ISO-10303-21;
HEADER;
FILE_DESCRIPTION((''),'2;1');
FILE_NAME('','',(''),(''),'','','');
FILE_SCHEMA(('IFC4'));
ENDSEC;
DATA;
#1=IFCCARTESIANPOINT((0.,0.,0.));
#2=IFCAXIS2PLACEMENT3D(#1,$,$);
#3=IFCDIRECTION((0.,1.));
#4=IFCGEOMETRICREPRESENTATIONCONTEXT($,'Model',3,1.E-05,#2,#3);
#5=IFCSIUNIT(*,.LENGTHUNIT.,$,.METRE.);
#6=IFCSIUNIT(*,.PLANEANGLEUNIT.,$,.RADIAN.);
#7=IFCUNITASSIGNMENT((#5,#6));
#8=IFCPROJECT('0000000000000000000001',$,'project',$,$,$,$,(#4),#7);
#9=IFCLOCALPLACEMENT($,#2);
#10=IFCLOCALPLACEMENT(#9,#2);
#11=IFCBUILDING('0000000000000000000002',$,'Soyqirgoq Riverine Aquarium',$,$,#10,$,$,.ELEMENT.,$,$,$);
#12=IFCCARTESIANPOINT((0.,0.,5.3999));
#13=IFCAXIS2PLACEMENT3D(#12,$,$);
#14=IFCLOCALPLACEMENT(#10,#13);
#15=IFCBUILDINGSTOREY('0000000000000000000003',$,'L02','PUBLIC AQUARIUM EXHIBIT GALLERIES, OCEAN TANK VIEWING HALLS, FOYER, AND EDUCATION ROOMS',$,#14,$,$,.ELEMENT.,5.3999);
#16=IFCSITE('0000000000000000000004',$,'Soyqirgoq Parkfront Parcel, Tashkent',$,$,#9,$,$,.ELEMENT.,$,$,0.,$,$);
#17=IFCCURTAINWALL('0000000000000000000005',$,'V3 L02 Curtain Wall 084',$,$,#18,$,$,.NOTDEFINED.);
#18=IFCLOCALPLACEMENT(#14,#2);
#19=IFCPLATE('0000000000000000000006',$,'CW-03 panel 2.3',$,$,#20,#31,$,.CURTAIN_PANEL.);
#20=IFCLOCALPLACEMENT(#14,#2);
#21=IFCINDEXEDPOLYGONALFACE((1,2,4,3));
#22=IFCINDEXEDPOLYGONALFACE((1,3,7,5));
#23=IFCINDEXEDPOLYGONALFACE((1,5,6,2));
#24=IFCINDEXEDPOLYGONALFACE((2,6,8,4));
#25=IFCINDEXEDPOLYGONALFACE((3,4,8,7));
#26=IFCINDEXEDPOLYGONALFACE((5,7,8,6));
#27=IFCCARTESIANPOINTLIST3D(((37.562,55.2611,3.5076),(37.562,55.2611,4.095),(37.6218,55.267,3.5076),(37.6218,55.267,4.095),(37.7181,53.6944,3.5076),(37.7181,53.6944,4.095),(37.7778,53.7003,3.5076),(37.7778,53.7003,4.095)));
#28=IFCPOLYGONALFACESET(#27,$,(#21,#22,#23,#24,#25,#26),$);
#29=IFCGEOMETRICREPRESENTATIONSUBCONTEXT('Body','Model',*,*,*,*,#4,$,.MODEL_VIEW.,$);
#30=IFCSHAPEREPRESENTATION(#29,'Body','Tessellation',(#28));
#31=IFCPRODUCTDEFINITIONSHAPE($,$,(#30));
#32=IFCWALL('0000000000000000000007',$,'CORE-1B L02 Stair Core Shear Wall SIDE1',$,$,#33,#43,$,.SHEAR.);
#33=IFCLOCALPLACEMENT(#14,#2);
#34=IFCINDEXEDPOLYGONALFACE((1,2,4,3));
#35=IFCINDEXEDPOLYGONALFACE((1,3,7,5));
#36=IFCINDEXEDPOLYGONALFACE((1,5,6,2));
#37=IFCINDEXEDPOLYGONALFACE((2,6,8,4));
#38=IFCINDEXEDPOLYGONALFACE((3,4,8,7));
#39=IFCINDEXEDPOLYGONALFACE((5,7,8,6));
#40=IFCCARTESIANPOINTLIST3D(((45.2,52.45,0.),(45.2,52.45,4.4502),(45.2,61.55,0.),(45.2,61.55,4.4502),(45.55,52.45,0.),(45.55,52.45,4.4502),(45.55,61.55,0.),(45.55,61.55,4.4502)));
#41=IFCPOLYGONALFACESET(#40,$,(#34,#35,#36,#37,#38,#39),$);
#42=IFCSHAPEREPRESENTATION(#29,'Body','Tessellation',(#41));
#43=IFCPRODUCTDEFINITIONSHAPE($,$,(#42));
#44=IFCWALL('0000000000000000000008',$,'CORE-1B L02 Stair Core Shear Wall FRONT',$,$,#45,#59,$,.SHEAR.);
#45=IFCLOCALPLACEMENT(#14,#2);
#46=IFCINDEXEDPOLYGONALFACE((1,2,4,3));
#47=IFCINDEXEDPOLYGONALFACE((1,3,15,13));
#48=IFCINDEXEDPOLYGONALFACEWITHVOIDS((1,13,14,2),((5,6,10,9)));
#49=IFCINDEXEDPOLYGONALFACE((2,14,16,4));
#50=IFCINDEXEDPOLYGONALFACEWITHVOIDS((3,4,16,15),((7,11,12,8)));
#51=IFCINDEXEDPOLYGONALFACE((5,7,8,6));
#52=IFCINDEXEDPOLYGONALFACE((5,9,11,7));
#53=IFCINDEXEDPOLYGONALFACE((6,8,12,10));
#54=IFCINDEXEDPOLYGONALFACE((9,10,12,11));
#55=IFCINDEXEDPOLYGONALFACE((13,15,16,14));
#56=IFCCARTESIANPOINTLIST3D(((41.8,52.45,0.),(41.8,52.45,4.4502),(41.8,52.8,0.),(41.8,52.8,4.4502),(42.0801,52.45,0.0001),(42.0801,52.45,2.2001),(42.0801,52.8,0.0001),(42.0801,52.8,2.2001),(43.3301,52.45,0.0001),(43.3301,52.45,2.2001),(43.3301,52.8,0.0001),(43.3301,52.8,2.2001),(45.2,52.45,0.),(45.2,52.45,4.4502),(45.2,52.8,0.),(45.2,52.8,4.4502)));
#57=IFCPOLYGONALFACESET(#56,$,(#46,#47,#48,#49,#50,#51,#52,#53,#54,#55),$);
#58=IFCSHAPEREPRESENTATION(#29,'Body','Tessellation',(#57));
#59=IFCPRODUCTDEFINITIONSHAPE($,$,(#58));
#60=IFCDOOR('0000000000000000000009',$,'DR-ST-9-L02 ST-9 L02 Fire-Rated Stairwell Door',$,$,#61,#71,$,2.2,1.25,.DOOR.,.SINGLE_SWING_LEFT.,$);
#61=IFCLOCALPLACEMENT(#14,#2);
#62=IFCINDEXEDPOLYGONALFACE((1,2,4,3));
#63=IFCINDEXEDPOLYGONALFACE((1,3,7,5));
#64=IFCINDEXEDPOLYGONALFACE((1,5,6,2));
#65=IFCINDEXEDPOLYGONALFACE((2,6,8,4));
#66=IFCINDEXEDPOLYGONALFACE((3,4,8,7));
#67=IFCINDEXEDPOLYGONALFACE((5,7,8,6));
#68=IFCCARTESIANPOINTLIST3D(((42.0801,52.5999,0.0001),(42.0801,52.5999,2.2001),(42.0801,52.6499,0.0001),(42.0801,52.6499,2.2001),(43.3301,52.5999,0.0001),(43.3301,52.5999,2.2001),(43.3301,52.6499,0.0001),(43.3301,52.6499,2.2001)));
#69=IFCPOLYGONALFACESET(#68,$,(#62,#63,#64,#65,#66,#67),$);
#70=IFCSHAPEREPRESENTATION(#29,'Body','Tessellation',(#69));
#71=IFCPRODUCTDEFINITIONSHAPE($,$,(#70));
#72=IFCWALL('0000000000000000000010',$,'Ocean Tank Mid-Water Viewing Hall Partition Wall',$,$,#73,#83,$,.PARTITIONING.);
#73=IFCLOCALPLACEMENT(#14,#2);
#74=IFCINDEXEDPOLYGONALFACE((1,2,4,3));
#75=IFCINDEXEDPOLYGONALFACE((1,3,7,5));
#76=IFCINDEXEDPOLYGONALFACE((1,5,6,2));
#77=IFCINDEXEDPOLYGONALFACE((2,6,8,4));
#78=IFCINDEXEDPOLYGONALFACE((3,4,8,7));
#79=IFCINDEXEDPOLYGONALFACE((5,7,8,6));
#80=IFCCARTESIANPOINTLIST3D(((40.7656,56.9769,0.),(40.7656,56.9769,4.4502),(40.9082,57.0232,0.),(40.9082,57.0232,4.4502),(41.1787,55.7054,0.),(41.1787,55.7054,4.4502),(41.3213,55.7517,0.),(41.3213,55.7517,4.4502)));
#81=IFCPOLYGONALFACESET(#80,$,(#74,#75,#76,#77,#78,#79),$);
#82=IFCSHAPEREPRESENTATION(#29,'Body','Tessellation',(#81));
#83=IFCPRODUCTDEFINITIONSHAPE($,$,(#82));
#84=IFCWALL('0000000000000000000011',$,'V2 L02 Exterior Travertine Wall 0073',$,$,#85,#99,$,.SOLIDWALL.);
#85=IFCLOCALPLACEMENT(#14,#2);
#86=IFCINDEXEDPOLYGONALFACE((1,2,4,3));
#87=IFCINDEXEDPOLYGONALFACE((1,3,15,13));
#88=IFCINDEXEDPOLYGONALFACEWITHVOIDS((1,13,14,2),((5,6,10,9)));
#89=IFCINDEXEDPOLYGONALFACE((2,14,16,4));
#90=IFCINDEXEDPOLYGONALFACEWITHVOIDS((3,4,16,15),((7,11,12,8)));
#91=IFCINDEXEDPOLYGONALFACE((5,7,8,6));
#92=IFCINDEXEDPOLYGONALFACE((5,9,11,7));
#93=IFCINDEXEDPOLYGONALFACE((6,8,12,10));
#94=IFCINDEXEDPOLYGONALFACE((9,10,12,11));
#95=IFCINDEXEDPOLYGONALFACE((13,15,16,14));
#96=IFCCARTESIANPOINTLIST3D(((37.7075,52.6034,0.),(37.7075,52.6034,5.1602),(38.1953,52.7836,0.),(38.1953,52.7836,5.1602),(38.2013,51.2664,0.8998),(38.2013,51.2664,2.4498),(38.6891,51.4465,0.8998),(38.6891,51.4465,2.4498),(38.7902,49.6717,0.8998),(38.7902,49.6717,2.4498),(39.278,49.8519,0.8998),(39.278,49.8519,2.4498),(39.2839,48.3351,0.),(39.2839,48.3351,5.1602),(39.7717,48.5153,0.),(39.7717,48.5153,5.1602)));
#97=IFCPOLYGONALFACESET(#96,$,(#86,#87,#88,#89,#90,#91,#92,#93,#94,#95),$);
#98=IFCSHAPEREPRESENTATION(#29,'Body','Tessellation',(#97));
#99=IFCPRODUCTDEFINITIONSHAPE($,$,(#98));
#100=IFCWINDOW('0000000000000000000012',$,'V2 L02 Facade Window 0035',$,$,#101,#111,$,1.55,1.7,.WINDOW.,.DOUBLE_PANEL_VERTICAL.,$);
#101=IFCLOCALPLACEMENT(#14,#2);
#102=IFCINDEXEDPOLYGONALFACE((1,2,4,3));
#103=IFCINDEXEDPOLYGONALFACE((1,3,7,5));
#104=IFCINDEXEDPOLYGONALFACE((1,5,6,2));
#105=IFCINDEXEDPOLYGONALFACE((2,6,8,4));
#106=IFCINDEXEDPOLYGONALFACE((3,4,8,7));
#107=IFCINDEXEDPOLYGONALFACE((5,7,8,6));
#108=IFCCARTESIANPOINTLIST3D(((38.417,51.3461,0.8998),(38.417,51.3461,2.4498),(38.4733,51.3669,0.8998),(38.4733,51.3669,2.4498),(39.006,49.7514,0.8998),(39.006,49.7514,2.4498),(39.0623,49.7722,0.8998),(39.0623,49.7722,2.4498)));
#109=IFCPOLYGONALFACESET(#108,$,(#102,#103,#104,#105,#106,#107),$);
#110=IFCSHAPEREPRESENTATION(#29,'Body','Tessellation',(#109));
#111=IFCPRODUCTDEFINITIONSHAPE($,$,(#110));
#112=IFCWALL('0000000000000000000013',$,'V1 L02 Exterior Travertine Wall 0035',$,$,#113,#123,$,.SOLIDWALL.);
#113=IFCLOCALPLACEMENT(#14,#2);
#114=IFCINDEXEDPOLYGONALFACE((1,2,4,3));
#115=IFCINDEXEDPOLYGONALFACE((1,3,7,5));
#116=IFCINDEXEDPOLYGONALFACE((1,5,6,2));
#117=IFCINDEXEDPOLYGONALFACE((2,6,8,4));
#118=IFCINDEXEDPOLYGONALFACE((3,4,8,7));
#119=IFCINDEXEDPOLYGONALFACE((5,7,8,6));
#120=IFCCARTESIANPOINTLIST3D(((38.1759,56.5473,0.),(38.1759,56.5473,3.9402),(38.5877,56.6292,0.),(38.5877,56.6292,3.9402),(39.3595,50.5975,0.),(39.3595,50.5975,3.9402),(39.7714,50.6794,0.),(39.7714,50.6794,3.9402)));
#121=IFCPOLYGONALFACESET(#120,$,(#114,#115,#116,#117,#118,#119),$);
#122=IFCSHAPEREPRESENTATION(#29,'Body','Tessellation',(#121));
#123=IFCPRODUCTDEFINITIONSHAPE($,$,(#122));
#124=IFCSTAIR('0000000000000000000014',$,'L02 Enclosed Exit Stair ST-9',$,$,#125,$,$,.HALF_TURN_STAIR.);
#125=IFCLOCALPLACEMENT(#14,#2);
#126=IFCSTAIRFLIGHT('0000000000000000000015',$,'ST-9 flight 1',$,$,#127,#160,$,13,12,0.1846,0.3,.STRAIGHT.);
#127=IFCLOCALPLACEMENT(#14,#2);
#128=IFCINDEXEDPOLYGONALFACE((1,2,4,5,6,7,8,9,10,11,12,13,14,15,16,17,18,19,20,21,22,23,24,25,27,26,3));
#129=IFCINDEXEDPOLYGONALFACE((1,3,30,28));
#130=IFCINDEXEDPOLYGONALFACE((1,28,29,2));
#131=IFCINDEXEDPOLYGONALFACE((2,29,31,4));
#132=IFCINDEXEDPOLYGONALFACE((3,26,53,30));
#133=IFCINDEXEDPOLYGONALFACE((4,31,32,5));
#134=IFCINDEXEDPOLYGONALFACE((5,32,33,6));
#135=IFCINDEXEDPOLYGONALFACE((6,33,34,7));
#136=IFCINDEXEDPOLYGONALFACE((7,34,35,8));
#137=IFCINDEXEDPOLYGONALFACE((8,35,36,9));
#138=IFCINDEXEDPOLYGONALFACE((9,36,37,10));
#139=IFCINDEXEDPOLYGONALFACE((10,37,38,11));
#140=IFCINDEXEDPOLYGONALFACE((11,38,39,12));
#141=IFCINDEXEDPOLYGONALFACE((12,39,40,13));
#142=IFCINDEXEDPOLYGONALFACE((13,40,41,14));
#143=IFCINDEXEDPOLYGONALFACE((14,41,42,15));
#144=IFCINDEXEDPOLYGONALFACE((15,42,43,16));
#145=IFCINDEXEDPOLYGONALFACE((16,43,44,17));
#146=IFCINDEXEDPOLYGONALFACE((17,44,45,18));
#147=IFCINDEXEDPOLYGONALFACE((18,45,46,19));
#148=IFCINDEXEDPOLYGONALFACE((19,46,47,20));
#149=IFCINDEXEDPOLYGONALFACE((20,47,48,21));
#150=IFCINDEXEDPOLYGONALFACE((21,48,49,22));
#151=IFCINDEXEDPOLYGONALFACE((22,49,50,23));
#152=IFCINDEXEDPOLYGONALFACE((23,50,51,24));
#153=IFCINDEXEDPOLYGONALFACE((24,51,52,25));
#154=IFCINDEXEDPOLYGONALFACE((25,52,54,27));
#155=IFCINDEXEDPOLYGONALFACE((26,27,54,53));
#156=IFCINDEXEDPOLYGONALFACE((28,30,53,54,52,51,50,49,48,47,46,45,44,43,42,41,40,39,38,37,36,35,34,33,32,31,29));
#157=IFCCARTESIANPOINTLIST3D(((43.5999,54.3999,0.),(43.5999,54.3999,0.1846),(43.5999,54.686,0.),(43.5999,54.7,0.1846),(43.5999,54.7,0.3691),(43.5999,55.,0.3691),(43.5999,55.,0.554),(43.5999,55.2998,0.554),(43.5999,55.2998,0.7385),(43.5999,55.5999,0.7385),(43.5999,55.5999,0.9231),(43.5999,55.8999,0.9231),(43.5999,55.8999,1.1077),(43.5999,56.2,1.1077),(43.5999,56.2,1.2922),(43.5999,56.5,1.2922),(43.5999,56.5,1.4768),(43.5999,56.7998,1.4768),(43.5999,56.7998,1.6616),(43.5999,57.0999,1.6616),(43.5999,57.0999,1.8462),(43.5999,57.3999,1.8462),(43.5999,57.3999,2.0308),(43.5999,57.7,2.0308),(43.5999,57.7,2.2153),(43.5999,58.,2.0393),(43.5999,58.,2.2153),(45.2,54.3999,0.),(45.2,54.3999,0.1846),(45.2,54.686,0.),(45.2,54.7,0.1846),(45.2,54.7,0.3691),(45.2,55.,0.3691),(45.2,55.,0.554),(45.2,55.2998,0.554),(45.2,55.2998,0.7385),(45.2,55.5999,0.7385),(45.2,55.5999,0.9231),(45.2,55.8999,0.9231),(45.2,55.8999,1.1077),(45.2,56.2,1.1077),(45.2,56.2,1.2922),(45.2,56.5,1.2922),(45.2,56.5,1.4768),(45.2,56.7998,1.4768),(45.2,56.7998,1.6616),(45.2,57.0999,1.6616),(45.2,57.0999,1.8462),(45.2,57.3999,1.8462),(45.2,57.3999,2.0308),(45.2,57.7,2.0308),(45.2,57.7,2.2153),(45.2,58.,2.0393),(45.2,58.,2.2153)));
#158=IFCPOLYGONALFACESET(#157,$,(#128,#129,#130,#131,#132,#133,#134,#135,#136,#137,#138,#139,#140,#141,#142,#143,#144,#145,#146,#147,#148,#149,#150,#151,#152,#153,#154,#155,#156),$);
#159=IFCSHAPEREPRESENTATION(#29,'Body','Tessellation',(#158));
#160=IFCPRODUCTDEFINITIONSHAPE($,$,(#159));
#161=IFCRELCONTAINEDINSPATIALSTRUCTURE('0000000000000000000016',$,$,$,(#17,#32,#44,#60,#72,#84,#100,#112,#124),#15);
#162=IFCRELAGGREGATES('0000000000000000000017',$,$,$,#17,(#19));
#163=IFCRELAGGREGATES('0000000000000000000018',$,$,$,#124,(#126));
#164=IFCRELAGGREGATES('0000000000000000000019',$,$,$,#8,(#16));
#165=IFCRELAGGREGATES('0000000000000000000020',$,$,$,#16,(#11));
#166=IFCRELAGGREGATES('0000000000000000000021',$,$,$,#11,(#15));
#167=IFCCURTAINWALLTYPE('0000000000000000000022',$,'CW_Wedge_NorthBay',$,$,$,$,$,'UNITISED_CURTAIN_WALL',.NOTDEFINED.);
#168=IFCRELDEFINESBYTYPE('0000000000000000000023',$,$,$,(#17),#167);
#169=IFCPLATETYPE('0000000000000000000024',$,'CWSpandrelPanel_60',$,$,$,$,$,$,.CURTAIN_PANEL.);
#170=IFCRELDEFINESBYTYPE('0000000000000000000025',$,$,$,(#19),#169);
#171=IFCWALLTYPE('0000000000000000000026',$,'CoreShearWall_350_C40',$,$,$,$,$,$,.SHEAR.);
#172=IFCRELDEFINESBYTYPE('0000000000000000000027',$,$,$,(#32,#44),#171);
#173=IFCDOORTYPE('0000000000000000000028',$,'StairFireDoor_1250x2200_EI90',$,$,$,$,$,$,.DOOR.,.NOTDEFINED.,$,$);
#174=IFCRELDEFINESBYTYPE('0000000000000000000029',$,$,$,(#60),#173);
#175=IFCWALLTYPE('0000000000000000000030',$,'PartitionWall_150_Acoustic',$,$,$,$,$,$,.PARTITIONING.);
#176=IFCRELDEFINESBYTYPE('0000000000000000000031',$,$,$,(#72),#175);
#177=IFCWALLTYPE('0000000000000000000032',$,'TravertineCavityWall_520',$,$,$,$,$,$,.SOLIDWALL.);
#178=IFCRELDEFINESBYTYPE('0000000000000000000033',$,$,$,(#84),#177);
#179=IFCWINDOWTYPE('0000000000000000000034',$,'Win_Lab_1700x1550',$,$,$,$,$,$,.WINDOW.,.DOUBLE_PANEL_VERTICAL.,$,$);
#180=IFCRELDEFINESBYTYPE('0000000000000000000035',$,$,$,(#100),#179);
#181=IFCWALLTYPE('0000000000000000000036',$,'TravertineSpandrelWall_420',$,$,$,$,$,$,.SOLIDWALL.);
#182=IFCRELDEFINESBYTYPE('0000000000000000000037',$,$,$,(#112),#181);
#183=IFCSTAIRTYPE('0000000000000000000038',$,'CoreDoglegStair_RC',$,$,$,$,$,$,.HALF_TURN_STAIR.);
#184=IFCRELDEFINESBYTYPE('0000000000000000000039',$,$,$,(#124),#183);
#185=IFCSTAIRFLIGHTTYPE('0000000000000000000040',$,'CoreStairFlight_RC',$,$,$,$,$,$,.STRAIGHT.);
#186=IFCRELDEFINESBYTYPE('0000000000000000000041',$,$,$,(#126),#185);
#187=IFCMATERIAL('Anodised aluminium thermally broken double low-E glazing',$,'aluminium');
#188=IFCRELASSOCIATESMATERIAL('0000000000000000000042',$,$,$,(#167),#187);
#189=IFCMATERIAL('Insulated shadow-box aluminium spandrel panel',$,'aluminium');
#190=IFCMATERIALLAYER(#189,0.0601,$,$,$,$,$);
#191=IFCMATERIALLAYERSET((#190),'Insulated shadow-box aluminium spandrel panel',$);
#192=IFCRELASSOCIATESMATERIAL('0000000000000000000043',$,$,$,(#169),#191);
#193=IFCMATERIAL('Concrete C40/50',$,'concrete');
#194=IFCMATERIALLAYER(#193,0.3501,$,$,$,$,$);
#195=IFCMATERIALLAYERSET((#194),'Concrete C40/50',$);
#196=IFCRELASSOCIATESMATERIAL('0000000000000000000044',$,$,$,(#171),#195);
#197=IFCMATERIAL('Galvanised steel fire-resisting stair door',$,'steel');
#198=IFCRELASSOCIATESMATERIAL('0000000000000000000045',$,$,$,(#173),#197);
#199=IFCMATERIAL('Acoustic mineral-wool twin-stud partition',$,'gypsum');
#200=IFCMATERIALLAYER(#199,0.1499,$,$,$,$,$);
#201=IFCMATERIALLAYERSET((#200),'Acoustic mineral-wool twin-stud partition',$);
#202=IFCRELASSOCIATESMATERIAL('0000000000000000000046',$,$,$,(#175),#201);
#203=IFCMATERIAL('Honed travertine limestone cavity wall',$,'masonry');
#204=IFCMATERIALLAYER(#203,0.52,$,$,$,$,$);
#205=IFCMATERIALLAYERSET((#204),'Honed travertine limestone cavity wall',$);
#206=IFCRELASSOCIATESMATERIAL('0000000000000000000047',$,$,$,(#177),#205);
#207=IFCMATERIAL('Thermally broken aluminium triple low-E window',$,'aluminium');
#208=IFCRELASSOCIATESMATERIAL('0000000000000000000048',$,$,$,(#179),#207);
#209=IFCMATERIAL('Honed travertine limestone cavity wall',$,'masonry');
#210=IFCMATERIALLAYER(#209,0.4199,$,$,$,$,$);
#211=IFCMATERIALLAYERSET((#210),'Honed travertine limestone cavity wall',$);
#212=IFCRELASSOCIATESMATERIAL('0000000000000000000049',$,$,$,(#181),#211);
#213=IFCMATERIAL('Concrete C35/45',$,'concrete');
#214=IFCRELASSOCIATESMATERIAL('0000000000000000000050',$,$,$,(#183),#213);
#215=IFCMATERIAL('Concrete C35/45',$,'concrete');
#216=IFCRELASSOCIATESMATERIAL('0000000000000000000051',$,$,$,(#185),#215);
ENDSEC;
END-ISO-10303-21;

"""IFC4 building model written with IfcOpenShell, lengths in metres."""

from ifc_helpers import new_model, si_unit, direction, frame, frame_2d, origin, origin_2d, place, context, subcontext, project, spatial, polyline, rectangle, outline, extrude, material, layer, layer_set, type_object, element, fill, aggregate, save


model = new_model("IFC4")

# Units and contexts
model_context = context("Model", 3, precision=1e-05, world=origin(), true_north=direction((0.0, 1.0)))
body_context = subcontext(model_context, "Body", "Model", "MODEL_VIEW")
ifc_project = project(units=[si_unit("LENGTHUNIT", "METRE"), si_unit("PLANEANGLEUNIT", "RADIAN")], contexts=[model_context])

# Site, building, storey
site_placement = place(None, origin())
site = spatial("IfcSite", under=ifc_project, at=site_placement, Name="Soyqirgoq Parkfront Parcel, Tashkent", CompositionType="ELEMENT", RefElevation=0.0)
building_placement = place(site_placement, origin())
building = spatial("IfcBuilding", under=site, at=building_placement, Name="Soyqirgoq Riverine Aquarium", CompositionType="ELEMENT")
storey_placement = place(building_placement, frame((0.0, 0.0, 5.3999)))
storey = spatial("IfcBuildingStorey", under=building, at=storey_placement, Name="L02", Description="PUBLIC AQUARIUM EXHIBIT GALLERIES, OCEAN TANK VIEWING HALLS, FOYER, AND EDUCATION ROOMS", CompositionType="ELEMENT", Elevation=5.3999)

# Curtain wall
ifc_material_1 = material(Name="Anodised aluminium thermally broken double low-E glazing", Category="aluminium")
curtain_wall_type_1 = type_object("IfcCurtainWallType", Name="CW_Wedge_NorthBay", ElementType="UNITISED_CURTAIN_WALL", PredefinedType="NOTDEFINED", material=ifc_material_1)
curtain_wall_1_placement = place(storey_placement, origin())
curtain_wall_1 = element("IfcCurtainWall", 1, at=curtain_wall_1_placement, inside=storey, type_object=curtain_wall_type_1, Name="V3 L02 Curtain Wall 084", PredefinedType="NOTDEFINED")

# Plate
ifc_material_2 = material(Name="Insulated shadow-box aluminium spandrel panel", Category="aluminium")
ifc_layer_1 = layer(ifc_material_2, 0.0601)
ifc_layer_set_1 = layer_set([ifc_layer_1], Name="Insulated shadow-box aluminium spandrel panel")
plate_type = type_object("IfcPlateType", Name="CWSpandrelPanel_60", PredefinedType="CURTAIN_PANEL", material=ifc_layer_set_1)
plate_1_placement = place(storey_placement, frame((37.6699, 54.4807, 3.5076), z_axis=(0.0, 0.0, 1.0), x_axis=(0.09914, -0.995074, 0.0)))
plate_1 = element("IfcPlate", 2, at=plate_1_placement, type_object=plate_type, Name="CW-03 panel 2.3", PredefinedType="CURTAIN_PANEL", context=body_context, shape_type="SweptSolid", body=[
    extrude(rectangle(XDim=1.5745, YDim=0.0601, at=origin_2d()), origin(), (0.0, 0.0, 1.0), 0.5874),
])
aggregate(curtain_wall_1, [plate_1])

# Wall
ifc_material_3 = material(Name="Concrete C40/50", Category="concrete")
ifc_layer_2 = layer(ifc_material_3, 0.3501)
ifc_layer_set_2 = layer_set([ifc_layer_2], Name="Concrete C40/50")
wall_type_1 = type_object("IfcWallType", Name="CoreShearWall_350_C40", PredefinedType="SHEAR", material=ifc_layer_set_2)
wall_1_placement = place(storey_placement, frame((45.375, 52.45, 0.0), z_axis=(0.0, 0.0, 1.0), x_axis=(0.0, 1.0, 0.0)))
element("IfcWall", 3, at=wall_1_placement, inside=storey, type_object=wall_type_1, Name="CORE-1B L02 Stair Core Shear Wall SIDE1", PredefinedType="SHEAR", context=body_context, shape_type="SweptSolid", body=[
    extrude(rectangle(XDim=9.1001, YDim=0.3501, at=frame_2d((4.55, 0.0))), origin(), (0.0, 0.0, 1.0), 4.4502),
])

# Wall, opening, door
wall_2_placement = place(storey_placement, frame((41.8, 52.625, 0.0), z_axis=(0.0, 0.0, 1.0), x_axis=(1.0, 0.0, 0.0)))
wall_2 = element("IfcWall", 4, at=wall_2_placement, inside=storey, type_object=wall_type_1, Name="CORE-1B L02 Stair Core Shear Wall FRONT", PredefinedType="SHEAR", context=body_context, shape_type="SweptSolid", body=[
    extrude(rectangle(XDim=3.3999, YDim=0.3501, at=frame_2d((1.7, 0.0))), origin(), (0.0, 0.0, 1.0), 4.4502),
])
opening_1_placement = place(wall_2_placement, frame((0.28, 0.0, 0.0)))
opening_1 = element("IfcOpeningElement", 5, at=opening_1_placement, cuts=wall_2, PredefinedType="OPENING", context=body_context, shape_type="SweptSolid", body=[
    extrude(rectangle(XDim=1.25, YDim=2.2, at=frame_2d((0.625, 1.1001))), frame((0.0, 0.1851, 0.0), z_axis=(0.0, -1.0, 0.0), x_axis=(1.0, 0.0, 0.0)), (0.0, 0.0, 1.0), 0.3701),
])
ifc_material_4 = material(Name="Galvanised steel fire-resisting stair door", Category="steel")
door_type = type_object("IfcDoorType", Name="StairFireDoor_1250x2200_EI90", OperationType="NOTDEFINED", PredefinedType="DOOR", material=ifc_material_4)
door_placement = place(opening_1_placement, origin())
door = element("IfcDoor", 6, at=door_placement, inside=storey, type_object=door_type, Name="DR-ST-9-L02 ST-9 L02 Fire-Rated Stairwell Door", OperationType="SINGLE_SWING_LEFT", OverallHeight=2.2, OverallWidth=1.25, PredefinedType="DOOR", context=body_context, shape_type="SweptSolid", body=[
    extrude(rectangle(XDim=1.25, YDim=2.2, at=frame_2d((0.625, 1.1001))), frame((0.0, 0.0249, 0.0), z_axis=(0.0, -1.0, 0.0), x_axis=(1.0, 0.0, 0.0)), (0.0, 0.0, 1.0), 0.05),
])
fill(opening_1, door)

# Wall
ifc_material_5 = material(Name="Acoustic mineral-wool twin-stud partition", Category="gypsum")
ifc_layer_3 = layer(ifc_material_5, 0.1499)
ifc_layer_set_3 = layer_set([ifc_layer_3], Name="Acoustic mineral-wool twin-stud partition")
wall_type_2 = type_object("IfcWallType", Name="PartitionWall_150_Acoustic", PredefinedType="PARTITIONING", material=ifc_layer_set_3)
wall_3_placement = place(storey_placement, frame((41.25, 55.7285, 0.0), z_axis=(0.0, 0.0, 1.0), x_axis=(-0.308987, 0.951066, 0.0)))
element("IfcWall", 7, at=wall_3_placement, inside=storey, type_object=wall_type_2, Name="Ocean Tank Mid-Water Viewing Hall Partition Wall", PredefinedType="PARTITIONING", context=body_context, shape_type="SweptSolid", body=[
    extrude(rectangle(XDim=1.3369, YDim=0.1499, at=frame_2d((0.6685, 0.0))), origin(), (0.0, 0.0, 1.0), 4.4502),
])

# Wall, opening, window
ifc_material_6 = material(Name="Honed travertine limestone cavity wall", Category="masonry")
ifc_layer_4 = layer(ifc_material_6, 0.52)
ifc_layer_set_4 = layer_set([ifc_layer_4], Name="Honed travertine limestone cavity wall")
wall_type_3 = type_object("IfcWallType", Name="TravertineCavityWall_520", PredefinedType="SOLIDWALL", material=ifc_layer_set_4)
wall_4_placement = place(storey_placement, frame((37.9514, 52.6934, 0.0), z_axis=(0.0, 0.0, 1.0), x_axis=(0.346456, -0.938066, 0.0)))
wall_4 = element("IfcWall", 8, at=wall_4_placement, inside=storey, type_object=wall_type_3, Name="V2 L02 Exterior Travertine Wall 0073", PredefinedType="SOLIDWALL", context=body_context, shape_type="SweptSolid", body=[
    extrude(rectangle(XDim=4.55, YDim=0.52, at=frame_2d((2.2749, 0.0))), origin(), (0.0, 0.0, 1.0), 5.1602),
])
opening_2_placement = place(wall_4_placement, frame((1.425, 0.0, 0.8999)))
opening_2 = element("IfcOpeningElement", 9, at=opening_2_placement, cuts=wall_4, PredefinedType="OPENING", context=body_context, shape_type="SweptSolid", body=[
    extrude(rectangle(XDim=1.7, YDim=1.55, at=frame_2d((0.8501, 0.7749))), frame((0.0, 0.27, 0.0), z_axis=(0.0, -1.0, 0.0), x_axis=(1.0, 0.0, 0.0)), (0.0, 0.0, 1.0), 0.54),
])
ifc_material_7 = material(Name="Thermally broken aluminium triple low-E window", Category="aluminium")
window_type = type_object("IfcWindowType", Name="Win_Lab_1700x1550", PartitioningType="DOUBLE_PANEL_VERTICAL", PredefinedType="WINDOW", material=ifc_material_7)
window_placement = place(opening_2_placement, origin())
window = element("IfcWindow", 10, at=window_placement, inside=storey, type_object=window_type, Name="V2 L02 Facade Window 0035", OverallHeight=1.55, OverallWidth=1.7, PartitioningType="DOUBLE_PANEL_VERTICAL", PredefinedType="WINDOW", context=body_context, shape_type="SweptSolid", body=[
    extrude(rectangle(XDim=1.7, YDim=1.55, at=frame_2d((0.8501, 0.7749))), frame((0.0, 0.03, 0.0), z_axis=(0.0, -1.0, 0.0), x_axis=(1.0, 0.0, 0.0)), (0.0, 0.0, 1.0), 0.0601),
])
fill(opening_2, window)

# Wall
ifc_material_8 = material(Name="Honed travertine limestone cavity wall", Category="masonry")
ifc_layer_5 = layer(ifc_material_8, 0.4199)
ifc_layer_set_5 = layer_set([ifc_layer_5], Name="Honed travertine limestone cavity wall")
wall_type_4 = type_object("IfcWallType", Name="TravertineSpandrelWall_420", PredefinedType="SOLIDWALL", material=ifc_layer_set_5)
wall_5_placement = place(storey_placement, frame((39.5654, 50.6384, 0.0), z_axis=(0.0, 0.0, 1.0), x_axis=(-0.19511, 0.980781, 0.0)))
element("IfcWall", 11, at=wall_5_placement, inside=storey, type_object=wall_type_4, Name="V1 L02 Exterior Travertine Wall 0035", PredefinedType="SOLIDWALL", context=body_context, shape_type="SweptSolid", body=[
    extrude(rectangle(XDim=6.0664, YDim=0.4199, at=frame_2d((3.0332, 0.0))), origin(), (0.0, 0.0, 1.0), 3.9402),
])

# Stair, stair flight
ifc_material_9 = material(Name="Concrete C35/45", Category="concrete")
stair_type = type_object("IfcStairType", Name="CoreDoglegStair_RC", PredefinedType="HALF_TURN_STAIR", material=ifc_material_9)
stair_placement = place(storey_placement, origin())
stair = element("IfcStair", 12, at=stair_placement, inside=storey, type_object=stair_type, Name="L02 Enclosed Exit Stair ST-9", PredefinedType="HALF_TURN_STAIR")
ifc_material_10 = material(Name="Concrete C35/45", Category="concrete")
stair_flight_type = type_object("IfcStairFlightType", Name="CoreStairFlight_RC", PredefinedType="STRAIGHT", material=ifc_material_10)
stair_flight_placement = place(storey_placement, frame((44.3999, 54.3999, 0.0), z_axis=(0.0, 0.0, 1.0), x_axis=(0.0, 1.0, 0.0)))
stair_flight = element("IfcStairFlight", 13, at=stair_flight_placement, type_object=stair_flight_type, Name="ST-9 flight 1", NumberOfRisers=13, NumberOfTreads=12, PredefinedType="STRAIGHT", RiserHeight=0.1846, TreadLength=0.3, context=body_context, shape_type="SweptSolid", body=[
    extrude(outline(polyline([(0.0, 0.0), (0.0, 0.1846), (0.3, 0.1846), (0.3, 0.3691), (0.6001, 0.3691), (0.6001, 0.554), (0.8999, 0.554), (0.8999, 0.7385), (1.2, 0.7385), (1.2, 0.9231), (1.5, 0.9231), (1.5, 1.1077), (1.8, 1.1077), (1.8, 1.2922), (2.1001, 1.2922), (2.1001, 1.4768), (2.3999, 1.4768), (2.3999, 1.6616), (2.7, 1.6616), (2.7, 1.8462), (3.0, 1.8462), (3.0, 2.0308), (3.3, 2.0308), (3.3, 2.2153), (3.6001, 2.2153), (3.6001, 2.3999), (3.6001, 2.0393), (0.2861, 0.0), (0.0, 0.0)])), frame((0.0, 0.8, 0.0), z_axis=(0.0, -1.0, 0.0), x_axis=(1.0, 0.0, 0.0)), (0.0, 0.0, 1.0), 1.6001),
])
aggregate(stair, [stair_flight])

save(model, "model.ifc")
